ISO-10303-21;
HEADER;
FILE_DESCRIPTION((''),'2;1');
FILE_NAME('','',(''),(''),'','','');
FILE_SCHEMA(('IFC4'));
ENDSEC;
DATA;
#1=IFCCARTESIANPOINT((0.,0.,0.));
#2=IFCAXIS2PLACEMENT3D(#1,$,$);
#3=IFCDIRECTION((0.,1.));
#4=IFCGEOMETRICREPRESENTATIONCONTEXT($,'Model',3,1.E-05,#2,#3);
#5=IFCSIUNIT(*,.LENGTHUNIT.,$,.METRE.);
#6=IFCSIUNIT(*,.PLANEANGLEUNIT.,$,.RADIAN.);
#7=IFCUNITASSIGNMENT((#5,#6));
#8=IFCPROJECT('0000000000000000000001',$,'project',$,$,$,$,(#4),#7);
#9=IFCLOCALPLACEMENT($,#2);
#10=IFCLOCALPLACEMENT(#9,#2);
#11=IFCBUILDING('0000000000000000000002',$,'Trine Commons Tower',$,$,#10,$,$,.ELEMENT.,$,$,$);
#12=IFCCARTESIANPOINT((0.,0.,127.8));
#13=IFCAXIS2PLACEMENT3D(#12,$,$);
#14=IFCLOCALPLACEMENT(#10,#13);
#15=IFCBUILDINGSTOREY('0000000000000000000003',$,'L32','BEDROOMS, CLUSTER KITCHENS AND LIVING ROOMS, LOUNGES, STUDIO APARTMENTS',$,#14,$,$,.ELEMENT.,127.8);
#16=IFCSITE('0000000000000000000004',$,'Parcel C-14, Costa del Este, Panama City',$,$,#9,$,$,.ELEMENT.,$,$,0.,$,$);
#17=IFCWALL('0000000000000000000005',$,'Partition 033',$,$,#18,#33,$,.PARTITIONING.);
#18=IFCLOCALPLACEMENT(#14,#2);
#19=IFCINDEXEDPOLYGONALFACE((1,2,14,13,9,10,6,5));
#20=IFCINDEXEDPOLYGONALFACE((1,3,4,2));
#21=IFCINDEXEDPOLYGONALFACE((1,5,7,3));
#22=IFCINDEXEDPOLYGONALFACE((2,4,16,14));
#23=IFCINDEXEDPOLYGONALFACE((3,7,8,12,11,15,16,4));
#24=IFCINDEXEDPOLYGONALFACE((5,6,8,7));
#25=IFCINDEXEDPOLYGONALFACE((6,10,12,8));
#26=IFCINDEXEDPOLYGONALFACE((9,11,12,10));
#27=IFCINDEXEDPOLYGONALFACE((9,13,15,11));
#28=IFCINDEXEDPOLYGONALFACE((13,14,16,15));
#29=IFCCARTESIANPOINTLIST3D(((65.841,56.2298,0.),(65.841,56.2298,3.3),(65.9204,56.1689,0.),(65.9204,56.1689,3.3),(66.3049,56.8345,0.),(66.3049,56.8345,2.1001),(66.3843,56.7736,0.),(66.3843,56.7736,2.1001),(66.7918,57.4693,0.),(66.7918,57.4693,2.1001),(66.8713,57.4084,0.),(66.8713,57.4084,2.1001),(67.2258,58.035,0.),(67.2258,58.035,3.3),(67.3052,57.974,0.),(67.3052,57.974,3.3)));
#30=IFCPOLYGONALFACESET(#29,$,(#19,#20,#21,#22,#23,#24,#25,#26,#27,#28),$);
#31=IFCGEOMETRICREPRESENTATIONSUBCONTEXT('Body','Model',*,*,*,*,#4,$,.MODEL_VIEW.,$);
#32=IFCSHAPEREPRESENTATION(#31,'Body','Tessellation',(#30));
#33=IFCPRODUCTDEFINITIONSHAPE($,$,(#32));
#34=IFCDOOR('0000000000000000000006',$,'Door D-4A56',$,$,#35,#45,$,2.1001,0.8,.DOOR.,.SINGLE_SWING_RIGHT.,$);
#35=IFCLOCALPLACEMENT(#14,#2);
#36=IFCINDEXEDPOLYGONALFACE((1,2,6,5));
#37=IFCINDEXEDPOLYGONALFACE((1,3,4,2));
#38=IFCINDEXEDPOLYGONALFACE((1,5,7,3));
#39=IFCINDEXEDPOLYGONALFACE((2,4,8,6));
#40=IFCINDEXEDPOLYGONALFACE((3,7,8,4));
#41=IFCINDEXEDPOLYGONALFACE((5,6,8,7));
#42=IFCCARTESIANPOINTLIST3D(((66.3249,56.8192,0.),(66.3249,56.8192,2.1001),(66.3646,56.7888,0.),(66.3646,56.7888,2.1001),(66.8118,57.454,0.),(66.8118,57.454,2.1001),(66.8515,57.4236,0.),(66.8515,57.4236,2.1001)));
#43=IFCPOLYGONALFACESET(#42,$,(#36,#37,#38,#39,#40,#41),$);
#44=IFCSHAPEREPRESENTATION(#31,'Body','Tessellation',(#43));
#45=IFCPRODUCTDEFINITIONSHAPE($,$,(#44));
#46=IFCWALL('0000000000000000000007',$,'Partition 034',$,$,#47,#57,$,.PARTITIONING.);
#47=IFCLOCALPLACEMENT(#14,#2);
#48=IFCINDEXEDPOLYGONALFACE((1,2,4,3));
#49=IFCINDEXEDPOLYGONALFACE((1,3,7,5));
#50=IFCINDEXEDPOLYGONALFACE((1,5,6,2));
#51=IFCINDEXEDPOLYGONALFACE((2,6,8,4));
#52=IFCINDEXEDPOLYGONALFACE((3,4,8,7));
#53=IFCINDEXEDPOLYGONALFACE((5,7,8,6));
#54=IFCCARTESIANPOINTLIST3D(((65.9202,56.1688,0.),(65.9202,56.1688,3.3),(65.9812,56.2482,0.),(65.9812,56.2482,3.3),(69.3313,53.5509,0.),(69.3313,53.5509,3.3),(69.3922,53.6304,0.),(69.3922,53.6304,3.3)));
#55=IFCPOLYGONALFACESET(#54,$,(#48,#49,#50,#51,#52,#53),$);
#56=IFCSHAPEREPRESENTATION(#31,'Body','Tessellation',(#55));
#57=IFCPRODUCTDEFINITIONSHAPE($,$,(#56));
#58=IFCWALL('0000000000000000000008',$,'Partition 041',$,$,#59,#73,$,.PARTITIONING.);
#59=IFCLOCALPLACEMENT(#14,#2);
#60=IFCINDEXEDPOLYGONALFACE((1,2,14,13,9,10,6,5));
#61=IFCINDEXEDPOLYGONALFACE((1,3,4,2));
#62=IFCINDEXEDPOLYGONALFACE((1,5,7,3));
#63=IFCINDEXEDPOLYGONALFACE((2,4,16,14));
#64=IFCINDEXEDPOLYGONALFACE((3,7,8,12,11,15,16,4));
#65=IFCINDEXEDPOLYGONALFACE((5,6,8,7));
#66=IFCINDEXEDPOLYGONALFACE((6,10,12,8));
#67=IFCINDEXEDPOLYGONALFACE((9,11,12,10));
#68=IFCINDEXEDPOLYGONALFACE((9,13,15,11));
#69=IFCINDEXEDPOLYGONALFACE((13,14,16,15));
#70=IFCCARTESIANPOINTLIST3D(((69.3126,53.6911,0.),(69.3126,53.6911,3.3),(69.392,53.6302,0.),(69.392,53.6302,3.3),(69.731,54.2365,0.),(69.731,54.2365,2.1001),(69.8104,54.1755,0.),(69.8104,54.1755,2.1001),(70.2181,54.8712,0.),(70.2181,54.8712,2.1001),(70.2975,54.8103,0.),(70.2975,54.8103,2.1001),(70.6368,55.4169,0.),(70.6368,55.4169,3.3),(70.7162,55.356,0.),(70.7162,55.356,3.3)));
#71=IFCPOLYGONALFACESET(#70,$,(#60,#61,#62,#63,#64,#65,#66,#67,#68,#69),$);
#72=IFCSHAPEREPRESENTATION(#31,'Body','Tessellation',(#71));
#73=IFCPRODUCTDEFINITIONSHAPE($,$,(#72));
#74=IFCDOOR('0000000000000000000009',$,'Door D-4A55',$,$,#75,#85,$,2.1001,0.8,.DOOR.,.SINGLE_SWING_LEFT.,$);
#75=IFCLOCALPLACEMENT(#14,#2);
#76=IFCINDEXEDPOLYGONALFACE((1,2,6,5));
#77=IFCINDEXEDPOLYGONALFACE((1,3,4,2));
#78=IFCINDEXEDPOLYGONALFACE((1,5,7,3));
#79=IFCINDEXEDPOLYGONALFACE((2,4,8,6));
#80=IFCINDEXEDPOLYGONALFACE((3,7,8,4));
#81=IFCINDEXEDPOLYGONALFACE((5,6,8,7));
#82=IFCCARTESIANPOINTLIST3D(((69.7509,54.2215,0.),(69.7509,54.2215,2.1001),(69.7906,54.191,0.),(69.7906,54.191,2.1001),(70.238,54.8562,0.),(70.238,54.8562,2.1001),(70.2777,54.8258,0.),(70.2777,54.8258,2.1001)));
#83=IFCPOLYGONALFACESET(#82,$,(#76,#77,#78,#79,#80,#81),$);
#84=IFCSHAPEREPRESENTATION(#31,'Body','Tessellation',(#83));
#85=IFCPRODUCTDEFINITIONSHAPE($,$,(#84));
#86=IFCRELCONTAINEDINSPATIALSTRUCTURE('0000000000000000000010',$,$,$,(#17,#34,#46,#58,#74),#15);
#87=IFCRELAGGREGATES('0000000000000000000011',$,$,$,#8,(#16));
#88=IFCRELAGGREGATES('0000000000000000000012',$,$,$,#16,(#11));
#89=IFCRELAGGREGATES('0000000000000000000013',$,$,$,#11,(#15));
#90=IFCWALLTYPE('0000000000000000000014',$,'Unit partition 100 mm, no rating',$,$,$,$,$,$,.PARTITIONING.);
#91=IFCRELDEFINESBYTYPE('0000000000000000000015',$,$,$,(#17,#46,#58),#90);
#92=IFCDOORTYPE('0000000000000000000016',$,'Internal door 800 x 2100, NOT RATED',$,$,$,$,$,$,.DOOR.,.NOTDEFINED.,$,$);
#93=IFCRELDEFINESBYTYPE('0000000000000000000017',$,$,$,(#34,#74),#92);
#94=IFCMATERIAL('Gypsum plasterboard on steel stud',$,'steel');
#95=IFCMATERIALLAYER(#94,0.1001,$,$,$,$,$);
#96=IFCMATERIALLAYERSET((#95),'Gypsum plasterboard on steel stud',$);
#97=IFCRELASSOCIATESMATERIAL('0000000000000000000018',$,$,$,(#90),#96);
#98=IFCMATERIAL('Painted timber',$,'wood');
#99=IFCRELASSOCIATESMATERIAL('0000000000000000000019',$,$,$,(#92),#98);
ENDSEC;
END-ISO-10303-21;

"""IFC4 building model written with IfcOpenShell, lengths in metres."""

from ifc_helpers import new_model, si_unit, direction, frame, frame_2d, origin, place, context, subcontext, project, spatial, rectangle, extrude, material, layer, layer_set, type_object, element, fill, save


model = new_model("IFC4")

# Units and contexts
model_context = context("Model", 3, precision=1e-05, world=origin(), true_north=direction((0.0, 1.0)))
body_context = subcontext(model_context, "Body", "Model", "MODEL_VIEW")
ifc_project = project(units=[si_unit("LENGTHUNIT", "METRE"), si_unit("PLANEANGLEUNIT", "RADIAN")], contexts=[model_context])

# Site, building, storey
site_placement = place(None, origin())
site = spatial("IfcSite", under=ifc_project, at=site_placement, Name="Parcel C-14, Costa del Este, Panama City", CompositionType="ELEMENT", RefElevation=0.0)
building_placement = place(site_placement, origin())
building = spatial("IfcBuilding", under=site, at=building_placement, Name="Trine Commons Tower", CompositionType="ELEMENT")
storey_placement = place(building_placement, frame((0.0, 0.0, 127.8)))
storey = spatial("IfcBuildingStorey", under=building, at=storey_placement, Name="L32", Description="BEDROOMS, CLUSTER KITCHENS AND LIVING ROOMS, LOUNGES, STUDIO APARTMENTS", CompositionType="ELEMENT", Elevation=127.8)

# Shared definitions
ifc_material_1 = material(Name="Gypsum plasterboard on steel stud", Category="steel")

# Shared definitions
ifc_material_2 = material(Name="Painted timber", Category="wood")

# Shared definitions
ifc_layer_1 = layer(ifc_material_1, 0.1001)
ifc_layer_set_1 = layer_set([ifc_layer_1], Name="Gypsum plasterboard on steel stud")
wall_type_1 = type_object("IfcWallType", Name="Unit partition 100 mm, no rating", PredefinedType="PARTITIONING", material=ifc_layer_set_1)
door_type_1 = type_object("IfcDoorType", Name="Internal door 800 x 2100, NOT RATED", OperationType="NOTDEFINED", PredefinedType="DOOR", material=ifc_material_2)

# Wall, opening, door
wall_1_placement = place(storey_placement, frame((65.8806, 56.1992, 0.0), z_axis=(0.0, 0.0, 1.0), x_axis=(0.608652, 0.793437, 0.0)))
wall_1 = element("IfcWall", 1, at=wall_1_placement, inside=storey, type_object=wall_type_1, Name="Partition 033", PredefinedType="PARTITIONING", context=body_context, shape_type="SweptSolid", body=[
    extrude(rectangle(XDim=2.2751, YDim=0.1001, at=frame_2d((1.1377, 0.0))), origin(), (0.0, 0.0, 1.0), 3.3),
])
opening_1_placement = place(wall_1_placement, frame((0.7625, 0.0, 0.0)))
opening_1 = element("IfcOpeningElement", 2, at=opening_1_placement, cuts=wall_1, PredefinedType="OPENING", context=body_context, shape_type="SweptSolid", body=[
    extrude(rectangle(XDim=0.8, YDim=2.1001, at=frame_2d((0.3999, 1.05))), frame((0.0, 0.0601, 0.0), z_axis=(0.0, -1.0, 0.0), x_axis=(1.0, 0.0, 0.0)), (0.0, 0.0, 1.0), 0.1201),
])
door_1_placement = place(opening_1_placement, origin())
door_1 = element("IfcDoor", 3, at=door_1_placement, inside=storey, type_object=door_type_1, Name="Door D-4A56", OperationType="SINGLE_SWING_RIGHT", OverallHeight=2.1001, OverallWidth=0.8, PredefinedType="DOOR", context=body_context, shape_type="SweptSolid", body=[
    extrude(rectangle(XDim=0.8, YDim=2.1001, at=frame_2d((0.3999, 1.05))), frame((0.0, 0.0249, 0.0), z_axis=(0.0, -1.0, 0.0), x_axis=(1.0, 0.0, 0.0)), (0.0, 0.0, 1.0), 0.05),
])
fill(opening_1, door_1)

# Wall
wall_2_placement = place(storey_placement, frame((65.9507, 56.2085, 0.0), z_axis=(0.0, 0.0, 1.0), x_axis=(0.793301, -0.60883, 0.0)))
element("IfcWall", 4, at=wall_2_placement, inside=storey, type_object=wall_type_1, Name="Partition 034", PredefinedType="PARTITIONING", context=body_context, shape_type="SweptSolid", body=[
    extrude(rectangle(XDim=4.2998, YDim=0.1001, at=frame_2d((2.1499, 0.0))), origin(), (0.0, 0.0, 1.0), 3.3),
])

# Wall, opening, door
wall_3_placement = place(storey_placement, frame((69.3523, 53.6606, 0.0), z_axis=(0.0, 0.0, 1.0), x_axis=(0.608745, 0.793366, 0.0)))
wall_3 = element("IfcWall", 5, at=wall_3_placement, inside=storey, type_object=wall_type_1, Name="Partition 041", PredefinedType="PARTITIONING", context=body_context, shape_type="SweptSolid", body=[
    extrude(rectangle(XDim=2.1753, YDim=0.1001, at=frame_2d((1.0876, 0.0))), origin(), (0.0, 0.0, 1.0), 3.3),
])
opening_2_placement = place(wall_3_placement, frame((0.6875, 0.0, 0.0)))
opening_2 = element("IfcOpeningElement", 6, at=opening_2_placement, cuts=wall_3, PredefinedType="OPENING", context=body_context, shape_type="SweptSolid", body=[
    extrude(rectangle(XDim=0.8, YDim=2.1001, at=frame_2d((0.3999, 1.05))), frame((0.0, 0.0601, 0.0), z_axis=(0.0, -1.0, 0.0), x_axis=(1.0, 0.0, 0.0)), (0.0, 0.0, 1.0), 0.1201),
])
door_2_placement = place(opening_2_placement, frame((0.8, 0.0, 0.0), z_axis=(0.0, 0.0, 1.0), x_axis=(-1.0, 0.0, 0.0)))
door_2 = element("IfcDoor", 7, at=door_2_placement, inside=storey, type_object=door_type_1, Name="Door D-4A55", OperationType="SINGLE_SWING_LEFT", OverallHeight=2.1001, OverallWidth=0.8, PredefinedType="DOOR", context=body_context, shape_type="SweptSolid", body=[
    extrude(rectangle(XDim=0.8, YDim=2.1001, at=frame_2d((0.3999, 1.05))), frame((0.0, 0.0249, 0.0), z_axis=(0.0, -1.0, 0.0), x_axis=(1.0, 0.0, 0.0)), (0.0, 0.0, 1.0), 0.05),
])
fill(opening_2, door_2)

save(model, "model.ifc")
